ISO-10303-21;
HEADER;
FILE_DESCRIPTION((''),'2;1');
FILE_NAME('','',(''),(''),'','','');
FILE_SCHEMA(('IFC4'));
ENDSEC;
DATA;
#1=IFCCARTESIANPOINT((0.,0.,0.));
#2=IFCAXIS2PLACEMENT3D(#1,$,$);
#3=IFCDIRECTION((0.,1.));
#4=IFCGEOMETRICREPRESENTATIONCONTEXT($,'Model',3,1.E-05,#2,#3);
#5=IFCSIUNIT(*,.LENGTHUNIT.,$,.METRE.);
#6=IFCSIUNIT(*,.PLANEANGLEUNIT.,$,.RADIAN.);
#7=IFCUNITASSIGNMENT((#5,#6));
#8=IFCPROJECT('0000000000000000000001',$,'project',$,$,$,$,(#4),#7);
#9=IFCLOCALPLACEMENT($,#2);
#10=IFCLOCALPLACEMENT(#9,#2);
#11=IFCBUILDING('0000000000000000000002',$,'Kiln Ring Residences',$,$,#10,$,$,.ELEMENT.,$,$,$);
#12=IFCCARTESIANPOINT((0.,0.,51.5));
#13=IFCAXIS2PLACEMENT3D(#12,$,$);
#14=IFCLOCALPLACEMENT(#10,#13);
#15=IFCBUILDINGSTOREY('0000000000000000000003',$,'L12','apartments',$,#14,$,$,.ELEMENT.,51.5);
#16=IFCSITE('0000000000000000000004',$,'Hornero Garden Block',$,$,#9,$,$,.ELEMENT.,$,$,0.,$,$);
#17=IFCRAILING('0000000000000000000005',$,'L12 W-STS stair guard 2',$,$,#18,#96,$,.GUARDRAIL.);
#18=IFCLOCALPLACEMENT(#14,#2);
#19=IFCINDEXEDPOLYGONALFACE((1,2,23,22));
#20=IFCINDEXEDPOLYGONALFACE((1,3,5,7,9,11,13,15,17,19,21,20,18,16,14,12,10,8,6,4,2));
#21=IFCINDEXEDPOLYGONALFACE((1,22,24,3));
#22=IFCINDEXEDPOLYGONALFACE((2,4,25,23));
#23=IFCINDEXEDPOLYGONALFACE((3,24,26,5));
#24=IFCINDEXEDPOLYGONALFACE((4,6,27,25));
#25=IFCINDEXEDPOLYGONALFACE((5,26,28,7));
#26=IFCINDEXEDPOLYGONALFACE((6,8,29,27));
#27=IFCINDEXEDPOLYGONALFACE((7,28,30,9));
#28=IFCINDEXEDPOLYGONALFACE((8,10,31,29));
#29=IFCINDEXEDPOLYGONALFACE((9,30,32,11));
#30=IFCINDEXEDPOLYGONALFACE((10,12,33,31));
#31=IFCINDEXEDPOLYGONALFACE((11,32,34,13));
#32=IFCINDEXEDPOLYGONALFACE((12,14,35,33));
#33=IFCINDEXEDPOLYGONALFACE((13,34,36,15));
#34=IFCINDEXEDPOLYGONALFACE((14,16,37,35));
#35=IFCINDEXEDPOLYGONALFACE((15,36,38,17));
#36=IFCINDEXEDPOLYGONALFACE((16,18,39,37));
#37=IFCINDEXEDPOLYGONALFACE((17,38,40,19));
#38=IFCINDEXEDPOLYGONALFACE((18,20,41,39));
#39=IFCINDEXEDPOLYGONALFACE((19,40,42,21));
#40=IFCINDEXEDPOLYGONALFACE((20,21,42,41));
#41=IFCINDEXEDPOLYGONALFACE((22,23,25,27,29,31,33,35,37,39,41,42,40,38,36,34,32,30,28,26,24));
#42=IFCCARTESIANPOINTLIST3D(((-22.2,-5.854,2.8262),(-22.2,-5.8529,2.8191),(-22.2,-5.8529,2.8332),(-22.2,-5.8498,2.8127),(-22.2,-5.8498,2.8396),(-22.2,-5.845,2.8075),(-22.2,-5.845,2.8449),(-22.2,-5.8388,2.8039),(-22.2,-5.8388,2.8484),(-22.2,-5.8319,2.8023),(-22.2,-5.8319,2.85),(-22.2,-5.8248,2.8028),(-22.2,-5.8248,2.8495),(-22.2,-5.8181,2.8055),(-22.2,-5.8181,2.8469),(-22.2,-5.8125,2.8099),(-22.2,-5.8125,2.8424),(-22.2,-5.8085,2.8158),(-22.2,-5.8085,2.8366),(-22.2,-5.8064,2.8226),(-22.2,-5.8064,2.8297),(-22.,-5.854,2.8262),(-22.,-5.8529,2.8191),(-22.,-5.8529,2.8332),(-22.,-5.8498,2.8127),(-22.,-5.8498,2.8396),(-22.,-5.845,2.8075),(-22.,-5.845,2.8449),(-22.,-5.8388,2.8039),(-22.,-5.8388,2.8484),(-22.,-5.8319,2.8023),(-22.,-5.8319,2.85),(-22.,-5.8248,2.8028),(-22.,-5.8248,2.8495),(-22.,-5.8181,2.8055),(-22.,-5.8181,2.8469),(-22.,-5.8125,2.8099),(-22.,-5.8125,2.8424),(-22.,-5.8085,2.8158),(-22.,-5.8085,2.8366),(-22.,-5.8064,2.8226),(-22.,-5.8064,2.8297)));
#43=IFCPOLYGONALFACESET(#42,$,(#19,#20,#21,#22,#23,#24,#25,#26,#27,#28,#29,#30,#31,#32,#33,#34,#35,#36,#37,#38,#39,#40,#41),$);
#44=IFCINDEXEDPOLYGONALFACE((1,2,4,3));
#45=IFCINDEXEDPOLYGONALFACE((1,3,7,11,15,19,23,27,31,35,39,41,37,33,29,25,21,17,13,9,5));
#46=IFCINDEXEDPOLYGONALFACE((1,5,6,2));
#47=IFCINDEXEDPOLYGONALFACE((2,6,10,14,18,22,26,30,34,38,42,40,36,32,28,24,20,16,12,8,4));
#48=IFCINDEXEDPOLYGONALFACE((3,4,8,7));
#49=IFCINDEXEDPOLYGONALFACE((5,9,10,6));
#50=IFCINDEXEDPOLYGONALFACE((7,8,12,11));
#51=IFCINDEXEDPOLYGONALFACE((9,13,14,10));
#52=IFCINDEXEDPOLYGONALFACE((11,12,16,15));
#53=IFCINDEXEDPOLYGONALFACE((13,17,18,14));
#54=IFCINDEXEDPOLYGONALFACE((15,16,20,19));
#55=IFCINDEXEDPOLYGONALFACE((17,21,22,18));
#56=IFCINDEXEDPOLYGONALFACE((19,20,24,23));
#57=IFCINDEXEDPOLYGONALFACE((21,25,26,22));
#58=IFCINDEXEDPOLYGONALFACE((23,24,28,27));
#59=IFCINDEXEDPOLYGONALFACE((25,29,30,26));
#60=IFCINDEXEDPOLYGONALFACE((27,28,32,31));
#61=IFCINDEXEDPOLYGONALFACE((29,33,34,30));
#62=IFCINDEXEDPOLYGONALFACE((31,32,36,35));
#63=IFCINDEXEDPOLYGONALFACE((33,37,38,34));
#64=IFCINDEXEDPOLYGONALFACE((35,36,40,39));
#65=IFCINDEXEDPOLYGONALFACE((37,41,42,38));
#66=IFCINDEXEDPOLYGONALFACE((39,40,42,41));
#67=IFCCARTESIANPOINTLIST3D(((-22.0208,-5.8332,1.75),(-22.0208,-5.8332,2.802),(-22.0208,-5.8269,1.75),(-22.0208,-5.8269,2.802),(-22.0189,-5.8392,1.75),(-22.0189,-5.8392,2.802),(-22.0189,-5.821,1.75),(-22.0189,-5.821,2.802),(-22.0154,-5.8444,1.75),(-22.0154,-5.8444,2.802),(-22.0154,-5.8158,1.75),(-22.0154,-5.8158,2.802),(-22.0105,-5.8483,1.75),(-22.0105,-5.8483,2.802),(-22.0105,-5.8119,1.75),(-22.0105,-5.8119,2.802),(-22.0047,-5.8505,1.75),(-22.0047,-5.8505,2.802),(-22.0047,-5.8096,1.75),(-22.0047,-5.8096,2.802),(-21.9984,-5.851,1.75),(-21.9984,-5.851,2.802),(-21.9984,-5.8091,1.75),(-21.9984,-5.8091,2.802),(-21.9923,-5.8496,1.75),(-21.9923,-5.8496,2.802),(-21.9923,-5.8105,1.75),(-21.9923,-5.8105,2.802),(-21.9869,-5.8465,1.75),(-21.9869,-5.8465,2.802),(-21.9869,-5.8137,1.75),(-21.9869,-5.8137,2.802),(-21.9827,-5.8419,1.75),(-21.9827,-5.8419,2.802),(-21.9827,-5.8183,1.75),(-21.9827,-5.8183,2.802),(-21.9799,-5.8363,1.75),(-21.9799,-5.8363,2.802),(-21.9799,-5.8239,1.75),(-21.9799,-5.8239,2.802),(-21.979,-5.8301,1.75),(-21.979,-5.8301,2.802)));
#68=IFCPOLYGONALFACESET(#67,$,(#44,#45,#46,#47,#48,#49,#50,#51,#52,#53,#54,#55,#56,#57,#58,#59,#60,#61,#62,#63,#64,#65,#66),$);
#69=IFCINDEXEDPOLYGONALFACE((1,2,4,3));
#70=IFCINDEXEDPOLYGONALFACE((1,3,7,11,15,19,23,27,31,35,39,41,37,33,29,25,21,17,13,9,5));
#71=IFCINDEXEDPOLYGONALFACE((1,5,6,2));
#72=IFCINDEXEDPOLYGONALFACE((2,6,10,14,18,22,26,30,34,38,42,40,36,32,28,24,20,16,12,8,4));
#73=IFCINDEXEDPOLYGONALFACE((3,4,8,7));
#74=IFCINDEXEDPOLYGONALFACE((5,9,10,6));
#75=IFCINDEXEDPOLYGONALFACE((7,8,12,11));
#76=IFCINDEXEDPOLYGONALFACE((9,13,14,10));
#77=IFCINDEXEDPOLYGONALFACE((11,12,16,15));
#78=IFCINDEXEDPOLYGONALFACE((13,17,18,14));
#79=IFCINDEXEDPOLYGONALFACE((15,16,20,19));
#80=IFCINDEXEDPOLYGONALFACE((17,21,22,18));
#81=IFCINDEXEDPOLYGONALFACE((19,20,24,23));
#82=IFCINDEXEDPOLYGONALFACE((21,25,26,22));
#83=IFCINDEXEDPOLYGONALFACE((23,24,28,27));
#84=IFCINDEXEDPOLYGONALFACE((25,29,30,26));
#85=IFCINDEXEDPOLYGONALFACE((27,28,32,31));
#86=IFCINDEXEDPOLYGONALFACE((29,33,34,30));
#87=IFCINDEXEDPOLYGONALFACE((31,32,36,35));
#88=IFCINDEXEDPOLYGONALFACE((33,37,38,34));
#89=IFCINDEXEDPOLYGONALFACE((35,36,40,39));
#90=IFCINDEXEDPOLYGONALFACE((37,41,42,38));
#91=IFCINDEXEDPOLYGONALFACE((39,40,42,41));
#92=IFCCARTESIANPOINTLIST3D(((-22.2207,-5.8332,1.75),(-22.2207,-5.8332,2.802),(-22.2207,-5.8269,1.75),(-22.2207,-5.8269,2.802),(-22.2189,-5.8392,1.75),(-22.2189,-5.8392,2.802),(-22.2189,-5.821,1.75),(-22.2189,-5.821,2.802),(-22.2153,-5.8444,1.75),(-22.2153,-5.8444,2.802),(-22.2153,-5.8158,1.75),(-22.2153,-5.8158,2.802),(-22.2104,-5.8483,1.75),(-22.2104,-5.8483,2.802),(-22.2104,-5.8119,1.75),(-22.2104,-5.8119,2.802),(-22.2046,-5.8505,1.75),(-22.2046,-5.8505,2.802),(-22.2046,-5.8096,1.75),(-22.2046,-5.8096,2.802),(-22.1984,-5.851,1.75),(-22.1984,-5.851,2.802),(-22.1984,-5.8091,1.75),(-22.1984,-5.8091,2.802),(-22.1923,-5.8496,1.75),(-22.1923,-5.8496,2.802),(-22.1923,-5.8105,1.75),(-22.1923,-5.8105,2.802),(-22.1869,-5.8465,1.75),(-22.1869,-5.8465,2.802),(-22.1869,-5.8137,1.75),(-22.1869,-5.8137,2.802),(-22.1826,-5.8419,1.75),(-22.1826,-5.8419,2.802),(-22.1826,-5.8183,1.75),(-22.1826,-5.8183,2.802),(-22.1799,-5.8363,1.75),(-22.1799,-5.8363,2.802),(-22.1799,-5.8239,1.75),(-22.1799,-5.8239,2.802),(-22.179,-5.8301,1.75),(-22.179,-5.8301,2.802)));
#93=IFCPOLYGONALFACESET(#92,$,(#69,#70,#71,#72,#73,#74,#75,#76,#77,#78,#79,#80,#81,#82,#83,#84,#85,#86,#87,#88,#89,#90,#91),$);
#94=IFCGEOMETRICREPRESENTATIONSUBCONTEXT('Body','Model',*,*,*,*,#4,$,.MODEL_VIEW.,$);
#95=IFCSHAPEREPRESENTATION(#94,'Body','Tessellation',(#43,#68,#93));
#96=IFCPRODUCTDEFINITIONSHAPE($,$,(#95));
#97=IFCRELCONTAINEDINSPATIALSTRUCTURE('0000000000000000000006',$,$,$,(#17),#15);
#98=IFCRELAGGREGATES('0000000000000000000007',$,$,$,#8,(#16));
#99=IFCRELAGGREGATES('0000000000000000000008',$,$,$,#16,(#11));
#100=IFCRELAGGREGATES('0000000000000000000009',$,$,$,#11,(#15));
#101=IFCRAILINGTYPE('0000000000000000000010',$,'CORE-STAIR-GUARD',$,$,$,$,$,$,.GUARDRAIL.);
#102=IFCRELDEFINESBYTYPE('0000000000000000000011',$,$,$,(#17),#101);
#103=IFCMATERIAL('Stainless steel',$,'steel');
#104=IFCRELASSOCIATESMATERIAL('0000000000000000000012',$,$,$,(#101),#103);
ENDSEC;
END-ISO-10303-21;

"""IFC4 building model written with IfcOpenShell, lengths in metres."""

from ifc_helpers import new_model, si_unit, direction, frame, origin, origin_2d, place, context, subcontext, project, spatial, circle, extrude, material, type_object, element, save


model = new_model("IFC4")

# Units and contexts
model_context = context("Model", 3, precision=1e-05, world=origin(), true_north=direction((0.0, 1.0)))
body_context = subcontext(model_context, "Body", "Model", "MODEL_VIEW")
ifc_project = project(units=[si_unit("LENGTHUNIT", "METRE"), si_unit("PLANEANGLEUNIT", "RADIAN")], contexts=[model_context])

# Site, building, storey
site_placement = place(None, origin())
site = spatial("IfcSite", under=ifc_project, at=site_placement, Name="Hornero Garden Block", CompositionType="ELEMENT", RefElevation=0.0)
building_placement = place(site_placement, origin())
building = spatial("IfcBuilding", under=site, at=building_placement, Name="Kiln Ring Residences", CompositionType="ELEMENT")
storey_placement = place(building_placement, frame((0.0, 0.0, 51.5)))
storey = spatial("IfcBuildingStorey", under=building, at=storey_placement, Name="L12", Description="apartments", CompositionType="ELEMENT", Elevation=51.5)

# Railing
ifc_material_1 = material(Name="Stainless steel", Category="steel")
railing_type_1 = type_object("IfcRailingType", Name="CORE-STAIR-GUARD", PredefinedType="GUARDRAIL", material=ifc_material_1)
railing_1_placement = place(storey_placement, frame((-22.0, -5.8301, 1.75)))
element("IfcRailing", 1, at=railing_1_placement, inside=storey, type_object=railing_type_1, Name="L12 W-STS stair guard 2", PredefinedType="GUARDRAIL", context=body_context, shape_type="SweptSolid", body=[
    extrude(circle(Radius=0.0239, at=origin_2d()), frame((0.0, 0.0, 1.0762), z_axis=(-1.0, 0.0, 0.0), x_axis=(0.0, -1.0, 0.0)), (0.0, 0.0, 1.0), 0.2),
    extrude(circle(Radius=0.021, at=origin_2d()), origin(), (0.0, 0.0, 1.0), 1.052),
    extrude(circle(Radius=0.021, at=origin_2d()), frame((-0.2, 0.0, 0.0)), (0.0, 0.0, 1.0), 1.052),
])

save(model, "model.ifc")
